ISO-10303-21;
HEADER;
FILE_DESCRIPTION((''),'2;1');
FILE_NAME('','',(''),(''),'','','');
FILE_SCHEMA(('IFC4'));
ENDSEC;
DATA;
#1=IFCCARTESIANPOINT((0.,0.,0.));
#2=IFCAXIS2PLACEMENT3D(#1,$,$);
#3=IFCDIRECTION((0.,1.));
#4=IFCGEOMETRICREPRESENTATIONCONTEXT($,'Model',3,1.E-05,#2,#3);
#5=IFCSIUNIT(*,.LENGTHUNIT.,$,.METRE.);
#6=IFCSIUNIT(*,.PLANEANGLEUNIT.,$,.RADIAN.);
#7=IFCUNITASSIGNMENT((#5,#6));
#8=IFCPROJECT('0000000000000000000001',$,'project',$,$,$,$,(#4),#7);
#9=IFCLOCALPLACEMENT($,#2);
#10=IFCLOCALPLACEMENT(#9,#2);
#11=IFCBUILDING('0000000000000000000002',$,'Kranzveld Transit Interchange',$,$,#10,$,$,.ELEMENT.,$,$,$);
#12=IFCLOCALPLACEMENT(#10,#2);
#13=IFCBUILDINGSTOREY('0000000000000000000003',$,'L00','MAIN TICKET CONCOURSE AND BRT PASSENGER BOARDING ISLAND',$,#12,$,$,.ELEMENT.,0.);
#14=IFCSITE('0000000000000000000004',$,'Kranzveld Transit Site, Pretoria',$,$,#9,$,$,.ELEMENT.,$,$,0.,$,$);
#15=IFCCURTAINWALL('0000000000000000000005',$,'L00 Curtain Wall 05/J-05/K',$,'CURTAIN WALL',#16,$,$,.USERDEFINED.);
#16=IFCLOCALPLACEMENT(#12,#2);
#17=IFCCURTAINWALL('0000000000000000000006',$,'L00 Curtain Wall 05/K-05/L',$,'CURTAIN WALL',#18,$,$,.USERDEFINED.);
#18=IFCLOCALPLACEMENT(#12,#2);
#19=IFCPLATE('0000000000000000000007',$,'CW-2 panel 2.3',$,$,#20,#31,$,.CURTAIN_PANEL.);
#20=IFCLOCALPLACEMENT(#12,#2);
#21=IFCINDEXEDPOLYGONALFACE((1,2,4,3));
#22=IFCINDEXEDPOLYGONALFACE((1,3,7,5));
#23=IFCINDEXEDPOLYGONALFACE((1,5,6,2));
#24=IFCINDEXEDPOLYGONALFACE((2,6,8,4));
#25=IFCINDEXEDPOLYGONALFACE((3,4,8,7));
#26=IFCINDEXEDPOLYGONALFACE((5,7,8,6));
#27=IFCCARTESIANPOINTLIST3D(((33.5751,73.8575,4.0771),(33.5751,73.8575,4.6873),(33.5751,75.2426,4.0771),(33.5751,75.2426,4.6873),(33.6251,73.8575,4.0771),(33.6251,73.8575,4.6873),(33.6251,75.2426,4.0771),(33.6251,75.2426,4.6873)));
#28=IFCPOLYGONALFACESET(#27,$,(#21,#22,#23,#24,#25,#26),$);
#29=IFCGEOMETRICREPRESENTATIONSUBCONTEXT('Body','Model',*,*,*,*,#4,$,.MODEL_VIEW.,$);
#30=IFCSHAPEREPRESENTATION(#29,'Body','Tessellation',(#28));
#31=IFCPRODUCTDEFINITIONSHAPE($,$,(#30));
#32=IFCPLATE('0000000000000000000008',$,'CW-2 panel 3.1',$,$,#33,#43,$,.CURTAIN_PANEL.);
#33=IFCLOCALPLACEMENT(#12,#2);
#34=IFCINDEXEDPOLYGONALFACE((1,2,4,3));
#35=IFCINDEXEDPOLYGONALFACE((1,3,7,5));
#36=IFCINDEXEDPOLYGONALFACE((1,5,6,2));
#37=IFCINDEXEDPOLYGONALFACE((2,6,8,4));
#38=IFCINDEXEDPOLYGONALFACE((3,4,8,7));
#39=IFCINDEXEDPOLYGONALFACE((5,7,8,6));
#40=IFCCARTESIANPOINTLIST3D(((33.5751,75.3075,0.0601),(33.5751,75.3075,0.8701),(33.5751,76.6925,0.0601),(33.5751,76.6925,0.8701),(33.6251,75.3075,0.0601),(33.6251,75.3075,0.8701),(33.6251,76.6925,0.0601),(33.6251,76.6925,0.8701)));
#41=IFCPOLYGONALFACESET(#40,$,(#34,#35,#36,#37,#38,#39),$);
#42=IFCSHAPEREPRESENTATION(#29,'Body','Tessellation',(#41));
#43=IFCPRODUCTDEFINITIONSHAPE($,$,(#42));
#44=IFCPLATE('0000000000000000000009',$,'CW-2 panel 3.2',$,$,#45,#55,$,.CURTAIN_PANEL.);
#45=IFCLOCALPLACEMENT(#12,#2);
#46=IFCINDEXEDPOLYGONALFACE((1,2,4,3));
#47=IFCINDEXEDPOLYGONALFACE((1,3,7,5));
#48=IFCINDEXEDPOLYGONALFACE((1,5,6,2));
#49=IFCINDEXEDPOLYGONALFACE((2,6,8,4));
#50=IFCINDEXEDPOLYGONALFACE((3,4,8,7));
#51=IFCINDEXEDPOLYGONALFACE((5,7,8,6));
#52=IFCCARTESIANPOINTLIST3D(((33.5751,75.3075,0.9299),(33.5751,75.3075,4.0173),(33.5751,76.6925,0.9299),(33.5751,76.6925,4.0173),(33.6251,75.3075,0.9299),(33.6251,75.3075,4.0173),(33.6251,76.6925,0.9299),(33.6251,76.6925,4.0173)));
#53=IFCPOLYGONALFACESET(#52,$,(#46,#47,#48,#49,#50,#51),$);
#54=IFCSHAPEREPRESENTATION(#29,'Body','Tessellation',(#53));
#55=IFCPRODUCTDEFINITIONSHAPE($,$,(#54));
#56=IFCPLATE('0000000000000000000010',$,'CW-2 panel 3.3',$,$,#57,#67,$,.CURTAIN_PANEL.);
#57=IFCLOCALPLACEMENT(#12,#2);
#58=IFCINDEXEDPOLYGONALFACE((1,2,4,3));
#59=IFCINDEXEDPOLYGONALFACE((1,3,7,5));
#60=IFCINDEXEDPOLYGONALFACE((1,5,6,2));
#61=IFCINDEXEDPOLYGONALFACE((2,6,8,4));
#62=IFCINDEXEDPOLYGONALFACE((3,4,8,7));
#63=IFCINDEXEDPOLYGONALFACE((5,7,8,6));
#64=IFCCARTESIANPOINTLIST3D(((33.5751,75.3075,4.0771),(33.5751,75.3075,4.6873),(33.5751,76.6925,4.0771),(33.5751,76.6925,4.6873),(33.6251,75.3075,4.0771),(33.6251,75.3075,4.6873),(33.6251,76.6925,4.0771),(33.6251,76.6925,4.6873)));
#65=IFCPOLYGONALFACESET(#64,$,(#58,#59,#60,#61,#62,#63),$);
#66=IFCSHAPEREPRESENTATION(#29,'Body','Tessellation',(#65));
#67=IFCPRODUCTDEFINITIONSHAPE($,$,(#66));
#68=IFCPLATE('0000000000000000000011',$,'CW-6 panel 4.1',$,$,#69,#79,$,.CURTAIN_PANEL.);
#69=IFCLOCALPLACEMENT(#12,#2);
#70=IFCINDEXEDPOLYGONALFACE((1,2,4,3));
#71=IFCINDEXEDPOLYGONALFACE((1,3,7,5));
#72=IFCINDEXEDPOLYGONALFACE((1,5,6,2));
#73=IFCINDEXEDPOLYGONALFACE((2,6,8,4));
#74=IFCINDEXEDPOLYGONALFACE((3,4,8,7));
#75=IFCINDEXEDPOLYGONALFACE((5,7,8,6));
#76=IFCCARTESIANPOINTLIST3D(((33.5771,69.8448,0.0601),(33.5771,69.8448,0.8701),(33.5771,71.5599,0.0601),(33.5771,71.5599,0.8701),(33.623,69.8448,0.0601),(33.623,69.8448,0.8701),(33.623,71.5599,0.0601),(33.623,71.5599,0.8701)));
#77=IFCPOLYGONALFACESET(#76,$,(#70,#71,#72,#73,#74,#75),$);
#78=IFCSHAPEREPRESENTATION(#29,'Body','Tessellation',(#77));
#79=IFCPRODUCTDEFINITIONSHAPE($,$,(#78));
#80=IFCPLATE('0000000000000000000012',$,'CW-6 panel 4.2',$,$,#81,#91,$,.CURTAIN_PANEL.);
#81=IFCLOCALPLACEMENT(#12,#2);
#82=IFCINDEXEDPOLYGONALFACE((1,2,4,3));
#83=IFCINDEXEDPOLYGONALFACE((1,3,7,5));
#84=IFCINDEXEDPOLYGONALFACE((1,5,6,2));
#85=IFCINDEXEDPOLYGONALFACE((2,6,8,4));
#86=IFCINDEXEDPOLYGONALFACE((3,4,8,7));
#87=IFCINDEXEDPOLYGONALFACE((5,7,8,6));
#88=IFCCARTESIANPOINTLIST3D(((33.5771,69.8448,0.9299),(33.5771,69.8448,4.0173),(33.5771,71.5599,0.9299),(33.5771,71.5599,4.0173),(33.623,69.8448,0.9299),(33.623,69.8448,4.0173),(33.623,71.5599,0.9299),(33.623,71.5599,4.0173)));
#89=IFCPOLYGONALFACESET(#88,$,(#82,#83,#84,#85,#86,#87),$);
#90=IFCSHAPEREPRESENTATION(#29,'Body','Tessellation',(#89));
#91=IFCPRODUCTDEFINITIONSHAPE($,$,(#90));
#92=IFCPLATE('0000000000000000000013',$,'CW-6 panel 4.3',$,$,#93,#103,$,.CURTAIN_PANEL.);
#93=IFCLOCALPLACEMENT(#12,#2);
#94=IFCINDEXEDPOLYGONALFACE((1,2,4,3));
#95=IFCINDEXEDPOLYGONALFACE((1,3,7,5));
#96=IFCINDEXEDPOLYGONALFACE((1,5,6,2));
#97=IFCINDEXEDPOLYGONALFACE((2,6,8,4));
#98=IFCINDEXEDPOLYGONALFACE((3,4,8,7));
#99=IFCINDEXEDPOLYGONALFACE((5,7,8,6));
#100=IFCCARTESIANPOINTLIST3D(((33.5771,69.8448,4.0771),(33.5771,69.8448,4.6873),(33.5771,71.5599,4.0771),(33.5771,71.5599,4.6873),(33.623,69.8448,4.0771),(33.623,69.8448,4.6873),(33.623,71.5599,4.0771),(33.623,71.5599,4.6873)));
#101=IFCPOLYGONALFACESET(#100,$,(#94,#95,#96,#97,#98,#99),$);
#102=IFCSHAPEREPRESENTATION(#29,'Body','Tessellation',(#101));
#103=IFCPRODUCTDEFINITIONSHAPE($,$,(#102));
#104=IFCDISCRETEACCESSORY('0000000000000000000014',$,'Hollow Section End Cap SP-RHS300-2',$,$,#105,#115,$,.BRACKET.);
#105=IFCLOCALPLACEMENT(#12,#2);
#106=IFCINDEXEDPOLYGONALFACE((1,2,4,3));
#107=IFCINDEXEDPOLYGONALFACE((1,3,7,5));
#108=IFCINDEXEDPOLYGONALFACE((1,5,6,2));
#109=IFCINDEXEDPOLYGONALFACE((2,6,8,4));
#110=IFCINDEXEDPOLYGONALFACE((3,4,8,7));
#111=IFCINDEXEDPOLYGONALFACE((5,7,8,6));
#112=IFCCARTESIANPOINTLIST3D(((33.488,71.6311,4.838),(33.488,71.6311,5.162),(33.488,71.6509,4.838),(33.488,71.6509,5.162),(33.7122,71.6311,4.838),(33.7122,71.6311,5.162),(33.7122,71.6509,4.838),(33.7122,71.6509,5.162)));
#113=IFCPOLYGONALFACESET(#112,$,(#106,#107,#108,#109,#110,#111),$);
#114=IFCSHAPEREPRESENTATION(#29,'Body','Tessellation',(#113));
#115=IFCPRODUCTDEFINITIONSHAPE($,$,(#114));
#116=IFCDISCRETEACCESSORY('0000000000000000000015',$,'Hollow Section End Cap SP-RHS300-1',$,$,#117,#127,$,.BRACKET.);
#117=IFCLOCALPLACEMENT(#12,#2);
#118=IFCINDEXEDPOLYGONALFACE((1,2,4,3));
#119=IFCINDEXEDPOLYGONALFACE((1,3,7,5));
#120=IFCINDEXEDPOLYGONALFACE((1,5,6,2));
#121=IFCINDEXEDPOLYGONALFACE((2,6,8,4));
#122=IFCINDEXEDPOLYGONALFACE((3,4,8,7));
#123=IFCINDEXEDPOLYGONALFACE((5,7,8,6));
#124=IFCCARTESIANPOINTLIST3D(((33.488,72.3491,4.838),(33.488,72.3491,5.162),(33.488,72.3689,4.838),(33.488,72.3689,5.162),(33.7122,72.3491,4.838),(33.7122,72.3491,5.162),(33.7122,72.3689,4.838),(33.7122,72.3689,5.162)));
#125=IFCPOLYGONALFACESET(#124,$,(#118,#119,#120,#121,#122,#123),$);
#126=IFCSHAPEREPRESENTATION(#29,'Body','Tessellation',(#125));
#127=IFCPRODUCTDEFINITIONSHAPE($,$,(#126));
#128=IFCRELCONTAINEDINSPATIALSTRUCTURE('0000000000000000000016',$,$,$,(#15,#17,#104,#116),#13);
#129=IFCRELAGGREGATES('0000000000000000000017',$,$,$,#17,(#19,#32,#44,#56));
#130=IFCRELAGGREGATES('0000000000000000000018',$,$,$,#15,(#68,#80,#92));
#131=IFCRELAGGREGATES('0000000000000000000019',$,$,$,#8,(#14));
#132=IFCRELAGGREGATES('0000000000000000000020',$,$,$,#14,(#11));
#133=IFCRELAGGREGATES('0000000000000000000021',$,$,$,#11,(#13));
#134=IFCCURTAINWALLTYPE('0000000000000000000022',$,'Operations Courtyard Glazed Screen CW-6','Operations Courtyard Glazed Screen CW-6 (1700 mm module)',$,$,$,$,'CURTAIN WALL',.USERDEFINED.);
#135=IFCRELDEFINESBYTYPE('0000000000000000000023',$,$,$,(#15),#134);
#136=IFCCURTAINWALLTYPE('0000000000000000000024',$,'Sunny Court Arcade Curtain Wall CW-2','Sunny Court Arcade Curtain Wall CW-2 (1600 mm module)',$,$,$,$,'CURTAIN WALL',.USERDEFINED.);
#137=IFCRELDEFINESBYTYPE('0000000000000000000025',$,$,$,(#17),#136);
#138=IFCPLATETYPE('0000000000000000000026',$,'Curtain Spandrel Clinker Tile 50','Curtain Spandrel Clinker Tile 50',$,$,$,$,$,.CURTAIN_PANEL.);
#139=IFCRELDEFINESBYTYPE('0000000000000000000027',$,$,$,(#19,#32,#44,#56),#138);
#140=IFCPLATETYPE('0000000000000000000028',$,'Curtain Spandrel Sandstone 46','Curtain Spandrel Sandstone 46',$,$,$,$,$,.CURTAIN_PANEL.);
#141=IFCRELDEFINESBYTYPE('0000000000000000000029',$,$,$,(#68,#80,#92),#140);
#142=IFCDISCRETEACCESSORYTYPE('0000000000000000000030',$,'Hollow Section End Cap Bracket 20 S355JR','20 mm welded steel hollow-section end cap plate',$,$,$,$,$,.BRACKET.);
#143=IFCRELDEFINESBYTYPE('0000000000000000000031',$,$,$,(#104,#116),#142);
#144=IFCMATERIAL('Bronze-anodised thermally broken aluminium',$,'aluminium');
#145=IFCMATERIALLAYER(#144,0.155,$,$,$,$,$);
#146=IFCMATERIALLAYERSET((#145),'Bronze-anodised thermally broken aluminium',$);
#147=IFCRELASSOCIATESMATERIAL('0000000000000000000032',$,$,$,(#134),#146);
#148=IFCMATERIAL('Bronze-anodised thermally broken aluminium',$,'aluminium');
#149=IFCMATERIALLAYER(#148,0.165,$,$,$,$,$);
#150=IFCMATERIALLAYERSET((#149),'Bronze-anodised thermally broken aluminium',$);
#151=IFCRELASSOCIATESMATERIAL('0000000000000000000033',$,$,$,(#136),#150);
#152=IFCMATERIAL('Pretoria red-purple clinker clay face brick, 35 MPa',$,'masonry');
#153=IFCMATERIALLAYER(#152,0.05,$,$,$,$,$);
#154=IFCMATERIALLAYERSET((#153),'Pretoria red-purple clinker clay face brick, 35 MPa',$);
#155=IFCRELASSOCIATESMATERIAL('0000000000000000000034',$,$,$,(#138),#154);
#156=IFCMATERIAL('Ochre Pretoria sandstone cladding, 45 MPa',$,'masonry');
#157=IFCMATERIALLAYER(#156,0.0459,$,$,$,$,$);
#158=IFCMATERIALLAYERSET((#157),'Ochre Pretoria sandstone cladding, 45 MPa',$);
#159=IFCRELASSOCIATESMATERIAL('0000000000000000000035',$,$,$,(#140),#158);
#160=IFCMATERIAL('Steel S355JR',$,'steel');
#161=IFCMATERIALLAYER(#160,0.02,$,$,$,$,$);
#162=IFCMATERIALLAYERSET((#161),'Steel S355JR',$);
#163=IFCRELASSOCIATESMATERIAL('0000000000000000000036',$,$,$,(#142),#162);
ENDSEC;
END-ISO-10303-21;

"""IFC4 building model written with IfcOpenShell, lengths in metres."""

from ifc_helpers import new_model, si_unit, direction, frame, origin, origin_2d, place, context, subcontext, project, spatial, rectangle, extrude, material, layer, layer_set, type_object, element, aggregate, save


model = new_model("IFC4")

# Units and contexts
model_context = context("Model", 3, precision=1e-05, world=origin(), true_north=direction((0.0, 1.0)))
body_context = subcontext(model_context, "Body", "Model", "MODEL_VIEW")
ifc_project = project(units=[si_unit("LENGTHUNIT", "METRE"), si_unit("PLANEANGLEUNIT", "RADIAN")], contexts=[model_context])

# Site, building, storey
site_placement = place(None, origin())
site = spatial("IfcSite", under=ifc_project, at=site_placement, Name="Kranzveld Transit Site, Pretoria", CompositionType="ELEMENT", RefElevation=0.0)
building_placement = place(site_placement, origin())
building = spatial("IfcBuilding", under=site, at=building_placement, Name="Kranzveld Transit Interchange", CompositionType="ELEMENT")
storey_placement = place(building_placement, origin())
storey = spatial("IfcBuildingStorey", under=building, at=storey_placement, Name="L00", Description="MAIN TICKET CONCOURSE AND BRT PASSENGER BOARDING ISLAND", CompositionType="ELEMENT", Elevation=0.0)

# Curtain wall
ifc_material_1 = material(Name="Bronze-anodised thermally broken aluminium", Category="aluminium")
ifc_layer_1 = layer(ifc_material_1, 0.155)
ifc_layer_set_1 = layer_set([ifc_layer_1], Name="Bronze-anodised thermally broken aluminium")
curtain_wall_type_1 = type_object("IfcCurtainWallType", Name="Operations Courtyard Glazed Screen CW-6", Description="Operations Courtyard Glazed Screen CW-6 (1700 mm module)", ElementType="CURTAIN WALL", PredefinedType="USERDEFINED", material=ifc_layer_set_1)
curtain_wall_1_placement = place(storey_placement, origin())
curtain_wall_1 = element("IfcCurtainWall", 1, at=curtain_wall_1_placement, inside=storey, type_object=curtain_wall_type_1, Name="L00 Curtain Wall 05/J-05/K", ObjectType="CURTAIN WALL", PredefinedType="USERDEFINED")

# Curtain wall
ifc_material_2 = material(Name="Bronze-anodised thermally broken aluminium", Category="aluminium")
ifc_layer_2 = layer(ifc_material_2, 0.165)
ifc_layer_set_2 = layer_set([ifc_layer_2], Name="Bronze-anodised thermally broken aluminium")
curtain_wall_type_2 = type_object("IfcCurtainWallType", Name="Sunny Court Arcade Curtain Wall CW-2", Description="Sunny Court Arcade Curtain Wall CW-2 (1600 mm module)", ElementType="CURTAIN WALL", PredefinedType="USERDEFINED", material=ifc_layer_set_2)
curtain_wall_2_placement = place(storey_placement, origin())
curtain_wall_2 = element("IfcCurtainWall", 2, at=curtain_wall_2_placement, inside=storey, type_object=curtain_wall_type_2, Name="L00 Curtain Wall 05/K-05/L", ObjectType="CURTAIN WALL", PredefinedType="USERDEFINED")

# Plates
ifc_material_3 = material(Name="Pretoria red-purple clinker clay face brick, 35 MPa", Category="masonry")
ifc_layer_3 = layer(ifc_material_3, 0.05)
ifc_layer_set_3 = layer_set([ifc_layer_3], Name="Pretoria red-purple clinker clay face brick, 35 MPa")
plate_type_1 = type_object("IfcPlateType", Name="Curtain Spandrel Clinker Tile 50", Description="Curtain Spandrel Clinker Tile 50", PredefinedType="CURTAIN_PANEL", material=ifc_layer_set_3)
plate_1_placement = place(storey_placement, frame((33.6001, 74.55, 4.0771), z_axis=(0.0, 0.0, 1.0), x_axis=(0.0, 1.0, 0.0)))
plate_1 = element("IfcPlate", 3, at=plate_1_placement, type_object=plate_type_1, Name="CW-2 panel 2.3", PredefinedType="CURTAIN_PANEL", context=body_context, shape_type="SweptSolid", body=[
    extrude(rectangle(XDim=1.385, YDim=0.05, at=origin_2d()), origin(), (0.0, 0.0, 1.0), 0.6101),
])
plate_2_placement = place(storey_placement, frame((33.6001, 76.0, 0.0601), z_axis=(0.0, 0.0, 1.0), x_axis=(0.0, 1.0, 0.0)))
plate_2 = element("IfcPlate", 4, at=plate_2_placement, type_object=plate_type_1, Name="CW-2 panel 3.1", PredefinedType="CURTAIN_PANEL", context=body_context, shape_type="SweptSolid", body=[
    extrude(rectangle(XDim=1.385, YDim=0.05, at=origin_2d()), origin(), (0.0, 0.0, 1.0), 0.8101),
])
plate_3_placement = place(storey_placement, frame((33.6001, 76.0, 0.9299), z_axis=(0.0, 0.0, 1.0), x_axis=(0.0, 1.0, 0.0)))
plate_3 = element("IfcPlate", 5, at=plate_3_placement, type_object=plate_type_1, Name="CW-2 panel 3.2", PredefinedType="CURTAIN_PANEL", context=body_context, shape_type="SweptSolid", body=[
    extrude(rectangle(XDim=1.385, YDim=0.05, at=origin_2d()), origin(), (0.0, 0.0, 1.0), 3.0874),
])
plate_4_placement = place(storey_placement, frame((33.6001, 76.0, 4.0771), z_axis=(0.0, 0.0, 1.0), x_axis=(0.0, 1.0, 0.0)))
plate_4 = element("IfcPlate", 6, at=plate_4_placement, type_object=plate_type_1, Name="CW-2 panel 3.3", PredefinedType="CURTAIN_PANEL", context=body_context, shape_type="SweptSolid", body=[
    extrude(rectangle(XDim=1.385, YDim=0.05, at=origin_2d()), origin(), (0.0, 0.0, 1.0), 0.6101),
])
aggregate(curtain_wall_2, [plate_1, plate_2, plate_3, plate_4])
ifc_material_4 = material(Name="Ochre Pretoria sandstone cladding, 45 MPa", Category="masonry")
ifc_layer_4 = layer(ifc_material_4, 0.0459)
ifc_layer_set_4 = layer_set([ifc_layer_4], Name="Ochre Pretoria sandstone cladding, 45 MPa")
plate_type_2 = type_object("IfcPlateType", Name="Curtain Spandrel Sandstone 46", Description="Curtain Spandrel Sandstone 46", PredefinedType="CURTAIN_PANEL", material=ifc_layer_set_4)
plate_5_placement = place(storey_placement, frame((33.6001, 70.7024, 0.0601), z_axis=(0.0, 0.0, 1.0), x_axis=(0.0, 1.0, 0.0)))
plate_5 = element("IfcPlate", 7, at=plate_5_placement, type_object=plate_type_2, Name="CW-6 panel 4.1", PredefinedType="CURTAIN_PANEL", context=body_context, shape_type="SweptSolid", body=[
    extrude(rectangle(XDim=1.7151, YDim=0.0459, at=origin_2d()), origin(), (0.0, 0.0, 1.0), 0.8101),
])
plate_6_placement = place(storey_placement, frame((33.6001, 70.7024, 0.9299), z_axis=(0.0, 0.0, 1.0), x_axis=(0.0, 1.0, 0.0)))
plate_6 = element("IfcPlate", 8, at=plate_6_placement, type_object=plate_type_2, Name="CW-6 panel 4.2", PredefinedType="CURTAIN_PANEL", context=body_context, shape_type="SweptSolid", body=[
    extrude(rectangle(XDim=1.7151, YDim=0.0459, at=origin_2d()), origin(), (0.0, 0.0, 1.0), 3.0874),
])
plate_7_placement = place(storey_placement, frame((33.6001, 70.7024, 4.0771), z_axis=(0.0, 0.0, 1.0), x_axis=(0.0, 1.0, 0.0)))
plate_7 = element("IfcPlate", 9, at=plate_7_placement, type_object=plate_type_2, Name="CW-6 panel 4.3", PredefinedType="CURTAIN_PANEL", context=body_context, shape_type="SweptSolid", body=[
    extrude(rectangle(XDim=1.7151, YDim=0.0459, at=origin_2d()), origin(), (0.0, 0.0, 1.0), 0.6101),
])
aggregate(curtain_wall_1, [plate_5, plate_6, plate_7])

# Discrete accessories
ifc_material_5 = material(Name="Steel S355JR", Category="steel")
ifc_layer_5 = layer(ifc_material_5, 0.02)
ifc_layer_set_5 = layer_set([ifc_layer_5], Name="Steel S355JR")
discrete_accessory_type = type_object("IfcDiscreteAccessoryType", Name="Hollow Section End Cap Bracket 20 S355JR", Description="20 mm welded steel hollow-section end cap plate", PredefinedType="BRACKET", material=ifc_layer_set_5)
for number, where, z_axis, x_axis, name in (
    (10, (33.6001, 71.6311, 5.0), (0.0, 1.0, 0.0), (-1.0, 0.0, 0.0), "Hollow Section End Cap SP-RHS300-2"),
    (11, (33.6001, 72.3689, 5.0), (0.0, -1.0, 0.0), (1.0, 0.0, 0.0), "Hollow Section End Cap SP-RHS300-1"),
):
    element("IfcDiscreteAccessory", number, at=place(storey_placement, frame(where, z_axis=z_axis, x_axis=x_axis)), inside=storey, type_object=discrete_accessory_type, Name=name, PredefinedType="BRACKET", context=body_context, shape_type="SweptSolid", body=[
        extrude(rectangle(XDim=0.2241, YDim=0.324, at=origin_2d()), origin(), (0.0, 0.0, 1.0), 0.0198),
    ])

save(model, "model.ifc")
